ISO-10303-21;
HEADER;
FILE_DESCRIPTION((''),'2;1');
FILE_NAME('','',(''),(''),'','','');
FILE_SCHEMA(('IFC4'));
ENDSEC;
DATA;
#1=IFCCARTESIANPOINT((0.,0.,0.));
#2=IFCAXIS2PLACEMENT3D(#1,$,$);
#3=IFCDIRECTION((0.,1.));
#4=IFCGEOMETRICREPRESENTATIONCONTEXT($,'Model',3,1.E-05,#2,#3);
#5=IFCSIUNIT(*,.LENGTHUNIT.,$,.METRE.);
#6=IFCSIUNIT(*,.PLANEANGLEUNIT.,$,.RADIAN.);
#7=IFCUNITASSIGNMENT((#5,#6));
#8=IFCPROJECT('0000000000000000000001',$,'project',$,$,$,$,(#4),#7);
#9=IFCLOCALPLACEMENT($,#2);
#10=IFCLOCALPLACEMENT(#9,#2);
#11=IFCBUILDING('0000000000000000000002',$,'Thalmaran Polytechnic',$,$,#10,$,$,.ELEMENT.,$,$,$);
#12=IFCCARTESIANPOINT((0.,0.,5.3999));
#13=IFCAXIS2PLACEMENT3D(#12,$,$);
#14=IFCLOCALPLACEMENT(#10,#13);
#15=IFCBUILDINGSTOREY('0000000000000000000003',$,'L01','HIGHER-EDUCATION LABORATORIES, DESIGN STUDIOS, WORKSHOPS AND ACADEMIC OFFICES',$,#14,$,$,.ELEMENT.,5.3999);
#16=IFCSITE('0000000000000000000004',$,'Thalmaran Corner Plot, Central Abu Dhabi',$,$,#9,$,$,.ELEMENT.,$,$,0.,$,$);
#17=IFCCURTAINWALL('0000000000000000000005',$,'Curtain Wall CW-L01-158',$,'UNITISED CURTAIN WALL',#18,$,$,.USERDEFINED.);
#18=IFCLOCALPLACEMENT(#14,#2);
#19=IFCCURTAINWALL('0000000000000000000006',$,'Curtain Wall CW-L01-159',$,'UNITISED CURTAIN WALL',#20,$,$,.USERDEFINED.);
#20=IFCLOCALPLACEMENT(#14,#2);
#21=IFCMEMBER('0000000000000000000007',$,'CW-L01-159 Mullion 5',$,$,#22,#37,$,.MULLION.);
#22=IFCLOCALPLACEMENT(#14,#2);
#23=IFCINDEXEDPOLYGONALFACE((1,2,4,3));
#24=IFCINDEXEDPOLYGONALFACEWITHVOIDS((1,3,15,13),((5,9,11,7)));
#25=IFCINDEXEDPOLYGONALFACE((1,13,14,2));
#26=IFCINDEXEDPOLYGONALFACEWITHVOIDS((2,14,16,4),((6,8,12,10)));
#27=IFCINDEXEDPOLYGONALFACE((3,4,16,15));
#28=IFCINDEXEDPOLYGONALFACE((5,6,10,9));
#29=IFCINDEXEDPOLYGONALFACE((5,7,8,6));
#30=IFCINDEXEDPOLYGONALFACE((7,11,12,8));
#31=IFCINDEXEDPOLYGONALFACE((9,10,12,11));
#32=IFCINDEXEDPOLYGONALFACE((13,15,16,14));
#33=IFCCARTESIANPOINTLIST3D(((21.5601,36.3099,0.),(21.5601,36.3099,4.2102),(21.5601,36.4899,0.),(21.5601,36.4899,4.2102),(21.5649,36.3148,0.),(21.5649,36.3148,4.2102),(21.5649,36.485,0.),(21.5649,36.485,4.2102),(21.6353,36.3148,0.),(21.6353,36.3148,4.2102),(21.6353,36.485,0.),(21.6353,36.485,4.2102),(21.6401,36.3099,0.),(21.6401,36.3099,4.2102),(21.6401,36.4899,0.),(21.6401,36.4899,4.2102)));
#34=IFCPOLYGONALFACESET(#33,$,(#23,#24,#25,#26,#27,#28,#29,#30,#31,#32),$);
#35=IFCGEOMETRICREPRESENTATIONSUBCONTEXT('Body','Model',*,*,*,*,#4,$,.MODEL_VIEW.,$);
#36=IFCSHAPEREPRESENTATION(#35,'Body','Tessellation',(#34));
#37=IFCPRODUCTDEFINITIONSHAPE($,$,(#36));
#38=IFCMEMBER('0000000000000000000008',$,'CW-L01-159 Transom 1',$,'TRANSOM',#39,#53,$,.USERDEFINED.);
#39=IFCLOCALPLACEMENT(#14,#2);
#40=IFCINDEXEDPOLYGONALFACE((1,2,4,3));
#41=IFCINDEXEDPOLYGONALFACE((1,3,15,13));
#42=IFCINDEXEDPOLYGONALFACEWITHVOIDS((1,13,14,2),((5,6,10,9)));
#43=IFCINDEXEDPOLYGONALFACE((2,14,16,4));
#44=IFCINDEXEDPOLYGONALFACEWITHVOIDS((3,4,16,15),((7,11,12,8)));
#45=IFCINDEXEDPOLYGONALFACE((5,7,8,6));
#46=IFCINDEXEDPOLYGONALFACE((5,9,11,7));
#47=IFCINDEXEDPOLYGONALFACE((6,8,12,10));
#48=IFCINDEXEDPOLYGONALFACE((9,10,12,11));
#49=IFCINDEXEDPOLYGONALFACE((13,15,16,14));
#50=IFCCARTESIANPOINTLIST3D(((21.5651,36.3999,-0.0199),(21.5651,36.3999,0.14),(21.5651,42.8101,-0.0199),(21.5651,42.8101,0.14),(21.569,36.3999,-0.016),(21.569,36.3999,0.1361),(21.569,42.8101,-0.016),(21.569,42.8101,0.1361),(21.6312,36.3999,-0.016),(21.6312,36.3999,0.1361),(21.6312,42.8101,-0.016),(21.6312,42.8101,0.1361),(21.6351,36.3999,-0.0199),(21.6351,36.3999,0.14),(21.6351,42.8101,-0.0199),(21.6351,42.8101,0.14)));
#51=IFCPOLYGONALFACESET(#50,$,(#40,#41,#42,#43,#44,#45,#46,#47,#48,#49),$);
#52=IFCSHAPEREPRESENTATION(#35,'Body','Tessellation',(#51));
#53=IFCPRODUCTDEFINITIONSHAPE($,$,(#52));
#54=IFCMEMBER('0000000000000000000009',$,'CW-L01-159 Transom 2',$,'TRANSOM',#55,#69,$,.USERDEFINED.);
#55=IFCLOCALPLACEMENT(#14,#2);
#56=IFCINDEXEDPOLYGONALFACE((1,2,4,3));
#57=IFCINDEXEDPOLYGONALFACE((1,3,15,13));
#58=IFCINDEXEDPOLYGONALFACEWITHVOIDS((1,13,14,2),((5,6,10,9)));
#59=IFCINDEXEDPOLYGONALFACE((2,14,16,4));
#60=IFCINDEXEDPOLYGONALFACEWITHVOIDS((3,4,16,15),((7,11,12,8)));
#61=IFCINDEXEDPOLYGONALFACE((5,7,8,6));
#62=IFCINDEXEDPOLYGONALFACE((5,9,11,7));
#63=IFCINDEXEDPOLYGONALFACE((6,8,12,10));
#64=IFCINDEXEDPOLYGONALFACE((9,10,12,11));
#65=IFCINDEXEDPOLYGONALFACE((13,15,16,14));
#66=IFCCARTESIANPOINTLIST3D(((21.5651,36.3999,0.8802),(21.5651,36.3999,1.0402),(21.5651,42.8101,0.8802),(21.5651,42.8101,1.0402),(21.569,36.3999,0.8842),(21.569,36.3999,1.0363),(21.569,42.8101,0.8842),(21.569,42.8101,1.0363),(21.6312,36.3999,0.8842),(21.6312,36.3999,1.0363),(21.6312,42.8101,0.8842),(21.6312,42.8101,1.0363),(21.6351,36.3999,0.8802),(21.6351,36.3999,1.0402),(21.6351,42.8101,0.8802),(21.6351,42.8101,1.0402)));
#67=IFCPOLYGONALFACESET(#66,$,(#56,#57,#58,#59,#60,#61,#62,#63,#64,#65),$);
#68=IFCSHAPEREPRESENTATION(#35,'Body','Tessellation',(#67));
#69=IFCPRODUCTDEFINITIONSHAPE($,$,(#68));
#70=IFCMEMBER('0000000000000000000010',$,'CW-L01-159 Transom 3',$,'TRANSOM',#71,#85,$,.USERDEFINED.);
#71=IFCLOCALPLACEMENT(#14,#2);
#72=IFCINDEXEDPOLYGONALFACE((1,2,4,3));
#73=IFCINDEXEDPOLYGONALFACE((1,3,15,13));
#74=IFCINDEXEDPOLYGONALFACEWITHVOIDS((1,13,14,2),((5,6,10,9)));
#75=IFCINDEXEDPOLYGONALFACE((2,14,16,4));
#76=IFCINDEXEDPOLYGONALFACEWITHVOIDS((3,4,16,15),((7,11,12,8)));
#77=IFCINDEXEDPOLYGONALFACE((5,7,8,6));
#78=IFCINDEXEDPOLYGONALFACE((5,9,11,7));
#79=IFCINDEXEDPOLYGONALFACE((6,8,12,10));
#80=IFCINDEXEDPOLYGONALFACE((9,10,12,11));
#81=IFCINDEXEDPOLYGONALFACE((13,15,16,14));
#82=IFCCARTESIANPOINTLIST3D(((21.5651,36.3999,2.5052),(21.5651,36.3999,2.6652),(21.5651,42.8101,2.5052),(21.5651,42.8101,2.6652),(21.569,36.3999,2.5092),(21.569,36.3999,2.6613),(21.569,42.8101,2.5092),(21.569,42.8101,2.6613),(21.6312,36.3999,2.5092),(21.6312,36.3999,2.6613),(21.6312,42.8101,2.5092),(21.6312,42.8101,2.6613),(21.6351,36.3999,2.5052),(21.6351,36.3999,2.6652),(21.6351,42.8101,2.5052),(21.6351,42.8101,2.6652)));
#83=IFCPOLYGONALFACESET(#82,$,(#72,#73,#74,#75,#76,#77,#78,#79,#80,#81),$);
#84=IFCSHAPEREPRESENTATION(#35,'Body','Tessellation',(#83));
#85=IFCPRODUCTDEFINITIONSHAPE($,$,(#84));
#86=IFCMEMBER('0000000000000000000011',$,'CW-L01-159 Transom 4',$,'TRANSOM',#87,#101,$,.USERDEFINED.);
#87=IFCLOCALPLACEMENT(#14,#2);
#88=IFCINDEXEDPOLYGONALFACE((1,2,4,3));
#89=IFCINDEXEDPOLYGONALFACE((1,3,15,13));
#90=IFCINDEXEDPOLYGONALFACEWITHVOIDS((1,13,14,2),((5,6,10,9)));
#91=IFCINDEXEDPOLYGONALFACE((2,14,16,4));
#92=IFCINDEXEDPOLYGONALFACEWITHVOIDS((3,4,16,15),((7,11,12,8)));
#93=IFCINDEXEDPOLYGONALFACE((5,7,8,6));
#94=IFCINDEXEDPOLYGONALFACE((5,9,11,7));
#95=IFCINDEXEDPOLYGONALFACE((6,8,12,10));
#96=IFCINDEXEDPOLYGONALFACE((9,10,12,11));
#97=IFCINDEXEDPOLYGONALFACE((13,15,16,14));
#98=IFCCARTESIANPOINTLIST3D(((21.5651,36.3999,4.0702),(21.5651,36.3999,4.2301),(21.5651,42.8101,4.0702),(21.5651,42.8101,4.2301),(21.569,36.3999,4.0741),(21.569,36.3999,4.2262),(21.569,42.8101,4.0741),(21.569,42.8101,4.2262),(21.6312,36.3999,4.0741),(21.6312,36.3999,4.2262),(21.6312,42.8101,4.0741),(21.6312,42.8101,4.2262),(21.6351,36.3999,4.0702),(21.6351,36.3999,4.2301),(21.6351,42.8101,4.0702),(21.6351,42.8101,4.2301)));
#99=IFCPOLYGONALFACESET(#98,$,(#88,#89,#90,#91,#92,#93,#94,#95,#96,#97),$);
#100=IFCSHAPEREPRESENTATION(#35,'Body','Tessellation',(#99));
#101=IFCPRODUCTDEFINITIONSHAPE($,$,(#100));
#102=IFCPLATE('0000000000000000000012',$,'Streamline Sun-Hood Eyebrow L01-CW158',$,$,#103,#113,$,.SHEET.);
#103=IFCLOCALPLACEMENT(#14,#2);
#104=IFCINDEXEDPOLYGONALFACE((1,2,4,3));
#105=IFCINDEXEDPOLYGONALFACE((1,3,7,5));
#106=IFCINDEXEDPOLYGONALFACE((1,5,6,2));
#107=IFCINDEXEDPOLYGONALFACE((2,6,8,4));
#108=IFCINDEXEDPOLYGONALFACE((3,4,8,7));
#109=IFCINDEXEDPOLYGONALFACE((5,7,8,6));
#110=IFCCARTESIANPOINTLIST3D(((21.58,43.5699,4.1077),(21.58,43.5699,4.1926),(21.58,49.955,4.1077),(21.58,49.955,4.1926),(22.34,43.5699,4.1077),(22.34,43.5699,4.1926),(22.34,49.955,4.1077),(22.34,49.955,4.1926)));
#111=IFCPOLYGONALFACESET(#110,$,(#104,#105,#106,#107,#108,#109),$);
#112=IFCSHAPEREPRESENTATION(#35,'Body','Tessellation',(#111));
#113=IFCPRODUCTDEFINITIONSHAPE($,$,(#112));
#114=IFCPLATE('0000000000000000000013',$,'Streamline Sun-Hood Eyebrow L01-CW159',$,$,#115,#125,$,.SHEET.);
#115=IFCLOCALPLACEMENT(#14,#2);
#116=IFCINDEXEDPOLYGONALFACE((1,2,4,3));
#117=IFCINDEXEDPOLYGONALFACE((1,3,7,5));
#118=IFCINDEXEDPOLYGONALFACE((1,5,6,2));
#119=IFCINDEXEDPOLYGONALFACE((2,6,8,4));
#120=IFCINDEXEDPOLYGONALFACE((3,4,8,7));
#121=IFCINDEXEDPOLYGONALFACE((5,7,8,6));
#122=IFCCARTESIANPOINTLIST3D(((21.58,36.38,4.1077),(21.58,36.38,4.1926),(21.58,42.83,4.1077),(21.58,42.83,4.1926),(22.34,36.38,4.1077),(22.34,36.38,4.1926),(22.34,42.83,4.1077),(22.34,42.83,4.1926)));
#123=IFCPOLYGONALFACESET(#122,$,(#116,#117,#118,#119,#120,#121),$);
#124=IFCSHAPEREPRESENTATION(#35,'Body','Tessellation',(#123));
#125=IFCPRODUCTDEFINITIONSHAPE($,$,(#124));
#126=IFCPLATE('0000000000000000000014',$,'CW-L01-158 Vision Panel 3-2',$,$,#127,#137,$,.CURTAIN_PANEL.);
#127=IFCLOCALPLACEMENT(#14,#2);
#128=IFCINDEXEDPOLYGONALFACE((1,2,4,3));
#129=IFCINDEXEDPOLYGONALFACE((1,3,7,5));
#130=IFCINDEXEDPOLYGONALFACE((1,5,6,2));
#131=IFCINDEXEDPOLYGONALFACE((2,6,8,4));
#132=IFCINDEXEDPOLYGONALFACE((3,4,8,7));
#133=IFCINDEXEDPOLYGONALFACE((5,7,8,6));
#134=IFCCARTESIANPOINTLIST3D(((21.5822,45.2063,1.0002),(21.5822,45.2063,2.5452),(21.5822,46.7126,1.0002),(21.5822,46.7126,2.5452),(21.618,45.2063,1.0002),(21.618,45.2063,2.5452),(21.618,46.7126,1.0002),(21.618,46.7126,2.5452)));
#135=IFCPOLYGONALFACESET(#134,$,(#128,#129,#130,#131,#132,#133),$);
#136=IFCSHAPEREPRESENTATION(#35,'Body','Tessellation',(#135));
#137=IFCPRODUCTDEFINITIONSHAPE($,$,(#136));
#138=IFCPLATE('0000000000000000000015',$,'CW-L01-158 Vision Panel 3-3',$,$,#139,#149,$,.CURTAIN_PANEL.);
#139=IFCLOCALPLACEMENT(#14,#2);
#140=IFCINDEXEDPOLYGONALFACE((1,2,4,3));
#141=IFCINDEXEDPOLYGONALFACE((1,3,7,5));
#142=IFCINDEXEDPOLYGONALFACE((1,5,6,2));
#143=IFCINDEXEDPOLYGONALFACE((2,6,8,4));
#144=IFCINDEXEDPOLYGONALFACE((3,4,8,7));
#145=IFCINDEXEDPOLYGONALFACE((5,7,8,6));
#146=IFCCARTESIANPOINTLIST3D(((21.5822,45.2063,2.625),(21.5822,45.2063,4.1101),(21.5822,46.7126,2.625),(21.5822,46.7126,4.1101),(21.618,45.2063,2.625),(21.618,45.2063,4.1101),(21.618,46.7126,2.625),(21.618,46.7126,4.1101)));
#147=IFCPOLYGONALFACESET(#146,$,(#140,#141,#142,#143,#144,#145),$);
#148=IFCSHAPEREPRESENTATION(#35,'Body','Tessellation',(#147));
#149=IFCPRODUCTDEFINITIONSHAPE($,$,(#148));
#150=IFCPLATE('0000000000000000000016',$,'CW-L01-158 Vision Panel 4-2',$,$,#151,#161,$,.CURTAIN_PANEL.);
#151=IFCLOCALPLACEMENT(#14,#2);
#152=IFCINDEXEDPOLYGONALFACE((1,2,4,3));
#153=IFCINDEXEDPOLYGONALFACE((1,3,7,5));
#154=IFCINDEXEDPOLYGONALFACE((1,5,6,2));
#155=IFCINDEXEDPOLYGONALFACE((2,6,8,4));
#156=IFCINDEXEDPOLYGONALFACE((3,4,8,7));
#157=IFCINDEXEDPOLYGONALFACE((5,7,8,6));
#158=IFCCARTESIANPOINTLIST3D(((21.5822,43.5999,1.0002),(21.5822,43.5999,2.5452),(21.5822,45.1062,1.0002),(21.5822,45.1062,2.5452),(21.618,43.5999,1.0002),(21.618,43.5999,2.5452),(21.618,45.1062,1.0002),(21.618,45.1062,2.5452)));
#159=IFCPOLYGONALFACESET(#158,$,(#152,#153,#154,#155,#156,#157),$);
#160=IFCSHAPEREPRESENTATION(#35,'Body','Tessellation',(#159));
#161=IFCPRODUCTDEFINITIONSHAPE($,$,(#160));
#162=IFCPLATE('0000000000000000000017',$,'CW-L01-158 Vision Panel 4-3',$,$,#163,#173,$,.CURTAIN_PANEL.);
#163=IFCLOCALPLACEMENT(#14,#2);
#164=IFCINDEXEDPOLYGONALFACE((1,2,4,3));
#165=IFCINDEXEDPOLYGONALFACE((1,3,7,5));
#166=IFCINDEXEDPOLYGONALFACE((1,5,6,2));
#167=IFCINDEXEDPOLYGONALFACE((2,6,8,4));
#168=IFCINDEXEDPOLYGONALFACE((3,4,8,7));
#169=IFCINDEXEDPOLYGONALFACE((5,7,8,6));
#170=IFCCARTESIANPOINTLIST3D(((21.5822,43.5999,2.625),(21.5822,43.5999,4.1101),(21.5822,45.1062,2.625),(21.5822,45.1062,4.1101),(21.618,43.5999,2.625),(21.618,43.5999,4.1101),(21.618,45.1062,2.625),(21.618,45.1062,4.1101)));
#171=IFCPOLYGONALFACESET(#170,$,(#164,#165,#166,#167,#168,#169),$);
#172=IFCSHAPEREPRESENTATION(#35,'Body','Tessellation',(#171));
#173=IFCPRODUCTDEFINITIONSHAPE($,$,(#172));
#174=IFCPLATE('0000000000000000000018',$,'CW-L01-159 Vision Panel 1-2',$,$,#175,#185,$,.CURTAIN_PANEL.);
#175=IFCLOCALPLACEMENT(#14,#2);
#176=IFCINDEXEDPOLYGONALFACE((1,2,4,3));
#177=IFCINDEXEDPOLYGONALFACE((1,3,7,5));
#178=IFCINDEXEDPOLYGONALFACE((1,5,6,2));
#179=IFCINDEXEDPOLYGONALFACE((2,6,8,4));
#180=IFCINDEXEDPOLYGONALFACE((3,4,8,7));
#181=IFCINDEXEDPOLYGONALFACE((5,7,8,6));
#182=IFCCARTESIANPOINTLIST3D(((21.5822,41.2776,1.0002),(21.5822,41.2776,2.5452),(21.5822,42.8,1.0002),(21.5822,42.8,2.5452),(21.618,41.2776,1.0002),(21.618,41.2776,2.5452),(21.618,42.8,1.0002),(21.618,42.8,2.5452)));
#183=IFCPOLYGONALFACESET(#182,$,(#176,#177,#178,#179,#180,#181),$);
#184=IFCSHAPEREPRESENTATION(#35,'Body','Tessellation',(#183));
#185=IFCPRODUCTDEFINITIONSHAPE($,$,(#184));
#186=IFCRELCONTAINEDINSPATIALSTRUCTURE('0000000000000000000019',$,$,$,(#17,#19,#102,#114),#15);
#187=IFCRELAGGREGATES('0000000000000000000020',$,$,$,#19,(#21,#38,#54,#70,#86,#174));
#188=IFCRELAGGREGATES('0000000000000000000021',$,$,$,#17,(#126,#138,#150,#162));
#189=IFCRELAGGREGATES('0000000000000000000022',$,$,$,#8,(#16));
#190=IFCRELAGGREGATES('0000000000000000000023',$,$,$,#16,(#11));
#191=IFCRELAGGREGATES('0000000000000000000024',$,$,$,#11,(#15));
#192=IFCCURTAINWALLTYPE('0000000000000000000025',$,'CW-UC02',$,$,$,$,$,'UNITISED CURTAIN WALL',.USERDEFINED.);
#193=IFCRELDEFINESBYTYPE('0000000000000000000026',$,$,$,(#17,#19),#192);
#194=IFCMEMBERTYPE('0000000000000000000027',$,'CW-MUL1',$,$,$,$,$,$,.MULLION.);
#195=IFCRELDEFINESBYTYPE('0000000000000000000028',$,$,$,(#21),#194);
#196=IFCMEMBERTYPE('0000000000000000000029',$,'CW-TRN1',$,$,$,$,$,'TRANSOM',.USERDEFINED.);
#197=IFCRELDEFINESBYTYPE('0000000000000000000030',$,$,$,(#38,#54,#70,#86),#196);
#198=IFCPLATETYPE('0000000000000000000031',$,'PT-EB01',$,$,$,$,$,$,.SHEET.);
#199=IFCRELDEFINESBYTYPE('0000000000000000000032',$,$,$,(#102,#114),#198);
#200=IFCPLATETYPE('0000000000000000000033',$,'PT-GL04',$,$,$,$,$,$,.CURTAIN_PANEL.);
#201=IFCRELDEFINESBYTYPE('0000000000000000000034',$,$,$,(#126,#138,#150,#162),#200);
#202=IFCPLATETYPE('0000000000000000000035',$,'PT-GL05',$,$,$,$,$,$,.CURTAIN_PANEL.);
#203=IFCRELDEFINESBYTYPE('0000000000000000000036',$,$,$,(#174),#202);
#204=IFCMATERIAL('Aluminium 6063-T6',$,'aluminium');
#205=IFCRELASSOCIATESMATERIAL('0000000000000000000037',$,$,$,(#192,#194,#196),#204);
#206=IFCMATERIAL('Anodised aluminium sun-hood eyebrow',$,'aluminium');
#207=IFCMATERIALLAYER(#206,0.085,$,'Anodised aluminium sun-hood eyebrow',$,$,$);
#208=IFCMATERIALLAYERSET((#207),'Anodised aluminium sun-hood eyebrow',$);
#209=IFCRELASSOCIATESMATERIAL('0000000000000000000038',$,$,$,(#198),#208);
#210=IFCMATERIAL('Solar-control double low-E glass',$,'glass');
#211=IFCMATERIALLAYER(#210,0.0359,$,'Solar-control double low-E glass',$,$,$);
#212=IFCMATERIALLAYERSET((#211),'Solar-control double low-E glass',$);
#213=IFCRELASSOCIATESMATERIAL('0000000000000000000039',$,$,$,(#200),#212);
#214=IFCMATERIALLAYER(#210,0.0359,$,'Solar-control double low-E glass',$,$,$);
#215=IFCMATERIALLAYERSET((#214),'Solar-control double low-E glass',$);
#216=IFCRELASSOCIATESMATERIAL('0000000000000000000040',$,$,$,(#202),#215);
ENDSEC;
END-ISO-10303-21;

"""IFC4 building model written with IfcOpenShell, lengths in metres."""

from ifc_helpers import new_model, si_unit, direction, frame, origin, origin_2d, place, context, subcontext, project, spatial, rectangle, hollow_rectangle, extrude, material, layer, layer_set, material_profile, profile_set, type_object, element, aggregate, save


model = new_model("IFC4")

# Units and contexts
model_context = context("Model", 3, precision=1e-05, world=origin(), true_north=direction((0.0, 1.0)))
body_context = subcontext(model_context, "Body", "Model", "MODEL_VIEW")
ifc_project = project(units=[si_unit("LENGTHUNIT", "METRE"), si_unit("PLANEANGLEUNIT", "RADIAN")], contexts=[model_context])

# Site, building, storey
site_placement = place(None, origin())
site = spatial("IfcSite", under=ifc_project, at=site_placement, Name="Thalmaran Corner Plot, Central Abu Dhabi", CompositionType="ELEMENT", RefElevation=0.0)
building_placement = place(site_placement, origin())
building = spatial("IfcBuilding", under=site, at=building_placement, Name="Thalmaran Polytechnic", CompositionType="ELEMENT")
storey_placement = place(building_placement, frame((0.0, 0.0, 5.3999)))
storey = spatial("IfcBuildingStorey", under=building, at=storey_placement, Name="L01", Description="HIGHER-EDUCATION LABORATORIES, DESIGN STUDIOS, WORKSHOPS AND ACADEMIC OFFICES", CompositionType="ELEMENT", Elevation=5.3999)

# Curtain walls, members
ifc_material_1 = material(Name="Aluminium 6063-T6", Category="aluminium")
curtain_wall_type = type_object("IfcCurtainWallType", Name="CW-UC02", ElementType="UNITISED CURTAIN WALL", PredefinedType="USERDEFINED", material=ifc_material_1)
curtain_wall_1_placement = place(storey_placement, origin())
curtain_wall_1 = element("IfcCurtainWall", 1, at=curtain_wall_1_placement, inside=storey, type_object=curtain_wall_type, Name="Curtain Wall CW-L01-158", ObjectType="UNITISED CURTAIN WALL", PredefinedType="USERDEFINED")
ifc_material_profile_1 = material_profile(ifc_material_1, hollow_rectangle(XDim=0.0801, YDim=0.1799, WallThickness=0.0049, at=origin_2d()), Name="RHS 180x80x5.0")
ifc_profile_set_1 = profile_set([ifc_material_profile_1], Name="Aluminium 6063-T6")
member_type_1 = type_object("IfcMemberType", Name="CW-MUL1", PredefinedType="MULLION", material=ifc_profile_set_1)
curtain_wall_2_placement = place(storey_placement, origin())
curtain_wall_2 = element("IfcCurtainWall", 2, at=curtain_wall_2_placement, inside=storey, type_object=curtain_wall_type, Name="Curtain Wall CW-L01-159", ObjectType="UNITISED CURTAIN WALL", PredefinedType="USERDEFINED")
member_1_placement = place(storey_placement, frame((21.6001, 36.3999, 0.0), z_axis=(0.0, 0.0, 1.0), x_axis=(1.0, 0.0, 0.0)))
member_1 = element("IfcMember", 3, at=member_1_placement, type_object=member_type_1, Name="CW-L01-159 Mullion 5", PredefinedType="MULLION", context=body_context, shape_type="SweptSolid", body=[
    extrude(hollow_rectangle(XDim=0.0801, YDim=0.1799, WallThickness=0.0049, at=origin_2d()), origin(), (0.0, 0.0, 1.0), 4.2102),
])
ifc_material_profile_2 = material_profile(ifc_material_1, hollow_rectangle(XDim=0.0701, YDim=0.1599, WallThickness=0.0039, at=origin_2d()), Name="AL 160x70x4.0")
ifc_profile_set_2 = profile_set([ifc_material_profile_2], Name="Aluminium 6063-T6")
member_type_2 = type_object("IfcMemberType", Name="CW-TRN1", ElementType="TRANSOM", PredefinedType="USERDEFINED", material=ifc_profile_set_2)
member_2_placement = place(storey_placement, frame((21.6001, 42.8101, 0.0601), z_axis=(0.0, -1.0, 0.0), x_axis=(1.0, 0.0, 0.0)))
member_2 = element("IfcMember", 4, at=member_2_placement, type_object=member_type_2, Name="CW-L01-159 Transom 1", ObjectType="TRANSOM", PredefinedType="USERDEFINED", context=body_context, shape_type="SweptSolid", body=[
    extrude(hollow_rectangle(XDim=0.0701, YDim=0.1599, WallThickness=0.0039, at=origin_2d()), origin(), (0.0, 0.0, 1.0), 6.4102),
])
member_3_placement = place(storey_placement, frame((21.6001, 42.8101, 0.9602), z_axis=(0.0, -1.0, 0.0), x_axis=(1.0, 0.0, 0.0)))
member_3 = element("IfcMember", 5, at=member_3_placement, type_object=member_type_2, Name="CW-L01-159 Transom 2", ObjectType="TRANSOM", PredefinedType="USERDEFINED", context=body_context, shape_type="SweptSolid", body=[
    extrude(hollow_rectangle(XDim=0.0701, YDim=0.1599, WallThickness=0.0039, at=origin_2d()), origin(), (0.0, 0.0, 1.0), 6.4102),
])
member_4_placement = place(storey_placement, frame((21.6001, 42.8101, 2.5852), z_axis=(0.0, -1.0, 0.0), x_axis=(1.0, 0.0, 0.0)))
member_4 = element("IfcMember", 6, at=member_4_placement, type_object=member_type_2, Name="CW-L01-159 Transom 3", ObjectType="TRANSOM", PredefinedType="USERDEFINED", context=body_context, shape_type="SweptSolid", body=[
    extrude(hollow_rectangle(XDim=0.0701, YDim=0.1599, WallThickness=0.0039, at=origin_2d()), origin(), (0.0, 0.0, 1.0), 6.4102),
])
member_5_placement = place(storey_placement, frame((21.6001, 42.8101, 4.1501), z_axis=(0.0, -1.0, 0.0), x_axis=(1.0, 0.0, 0.0)))
member_5 = element("IfcMember", 7, at=member_5_placement, type_object=member_type_2, Name="CW-L01-159 Transom 4", ObjectType="TRANSOM", PredefinedType="USERDEFINED", context=body_context, shape_type="SweptSolid", body=[
    extrude(hollow_rectangle(XDim=0.0701, YDim=0.1599, WallThickness=0.0039, at=origin_2d()), origin(), (0.0, 0.0, 1.0), 6.4102),
])

# Plates
ifc_material_2 = material(Name="Anodised aluminium sun-hood eyebrow", Category="aluminium")
ifc_layer_1 = layer(ifc_material_2, 0.085, Name="Anodised aluminium sun-hood eyebrow")
ifc_layer_set_1 = layer_set([ifc_layer_1], Name="Anodised aluminium sun-hood eyebrow")
plate_type_1 = type_object("IfcPlateType", Name="PT-EB01", PredefinedType="SHEET", material=ifc_layer_set_1)
plate_1_placement = place(storey_placement, frame((21.96, 46.7625, 4.1077), z_axis=(0.0, 0.0, 1.0), x_axis=(0.0, -1.0, 0.0)))
element("IfcPlate", 8, at=plate_1_placement, inside=storey, type_object=plate_type_1, Name="Streamline Sun-Hood Eyebrow L01-CW158", PredefinedType="SHEET", context=body_context, shape_type="SweptSolid", body=[
    extrude(rectangle(XDim=6.385, YDim=0.76, at=origin_2d()), origin(), (0.0, 0.0, 1.0), 0.085),
])
plate_2_placement = place(storey_placement, frame((21.96, 39.605, 4.1077), z_axis=(0.0, 0.0, 1.0), x_axis=(0.0, -1.0, 0.0)))
element("IfcPlate", 9, at=plate_2_placement, inside=storey, type_object=plate_type_1, Name="Streamline Sun-Hood Eyebrow L01-CW159", PredefinedType="SHEET", context=body_context, shape_type="SweptSolid", body=[
    extrude(rectangle(XDim=6.45, YDim=0.76, at=origin_2d()), origin(), (0.0, 0.0, 1.0), 0.085),
])

# Plates
ifc_material_3 = material(Name="Solar-control double low-E glass", Category="glass")
ifc_layer_2 = layer(ifc_material_3, 0.0359, Name="Solar-control double low-E glass")
ifc_layer_set_2 = layer_set([ifc_layer_2], Name="Solar-control double low-E glass")
plate_type_2 = type_object("IfcPlateType", Name="PT-GL04", PredefinedType="CURTAIN_PANEL", material=ifc_layer_set_2)
plate_3_placement = place(storey_placement, frame((21.6001, 45.9595, 1.0002), z_axis=(0.0, 0.0, 1.0), x_axis=(0.0, -1.0, 0.0)))
plate_3 = element("IfcPlate", 10, at=plate_3_placement, type_object=plate_type_2, Name="CW-L01-158 Vision Panel 3-2", PredefinedType="CURTAIN_PANEL", context=body_context, shape_type="SweptSolid", body=[
    extrude(rectangle(XDim=1.5063, YDim=0.0359, at=origin_2d()), origin(), (0.0, 0.0, 1.0), 1.5449),
])
plate_4_placement = place(storey_placement, frame((21.6001, 45.9595, 2.625), z_axis=(0.0, 0.0, 1.0), x_axis=(0.0, -1.0, 0.0)))
plate_4 = element("IfcPlate", 11, at=plate_4_placement, type_object=plate_type_2, Name="CW-L01-158 Vision Panel 3-3", PredefinedType="CURTAIN_PANEL", context=body_context, shape_type="SweptSolid", body=[
    extrude(rectangle(XDim=1.5063, YDim=0.0359, at=origin_2d()), origin(), (0.0, 0.0, 1.0), 1.4851),
])
plate_5_placement = place(storey_placement, frame((21.6001, 44.353, 1.0002), z_axis=(0.0, 0.0, 1.0), x_axis=(0.0, -1.0, 0.0)))
plate_5 = element("IfcPlate", 12, at=plate_5_placement, type_object=plate_type_2, Name="CW-L01-158 Vision Panel 4-2", PredefinedType="CURTAIN_PANEL", context=body_context, shape_type="SweptSolid", body=[
    extrude(rectangle(XDim=1.5063, YDim=0.0359, at=origin_2d()), origin(), (0.0, 0.0, 1.0), 1.5449),
])
plate_6_placement = place(storey_placement, frame((21.6001, 44.353, 2.625), z_axis=(0.0, 0.0, 1.0), x_axis=(0.0, -1.0, 0.0)))
plate_6 = element("IfcPlate", 13, at=plate_6_placement, type_object=plate_type_2, Name="CW-L01-158 Vision Panel 4-3", PredefinedType="CURTAIN_PANEL", context=body_context, shape_type="SweptSolid", body=[
    extrude(rectangle(XDim=1.5063, YDim=0.0359, at=origin_2d()), origin(), (0.0, 0.0, 1.0), 1.4851),
])
ifc_layer_3 = layer(ifc_material_3, 0.0359, Name="Solar-control double low-E glass")
ifc_layer_set_3 = layer_set([ifc_layer_3], Name="Solar-control double low-E glass")
plate_type_3 = type_object("IfcPlateType", Name="PT-GL05", PredefinedType="CURTAIN_PANEL", material=ifc_layer_set_3)
plate_7_placement = place(storey_placement, frame((21.6001, 42.0388, 1.0002), z_axis=(0.0, 0.0, 1.0), x_axis=(0.0, -1.0, 0.0)))
plate_7 = element("IfcPlate", 14, at=plate_7_placement, type_object=plate_type_3, Name="CW-L01-159 Vision Panel 1-2", PredefinedType="CURTAIN_PANEL", context=body_context, shape_type="SweptSolid", body=[
    extrude(rectangle(XDim=1.5225, YDim=0.0359, at=origin_2d()), origin(), (0.0, 0.0, 1.0), 1.5449),
])
aggregate(curtain_wall_2, [member_1, member_2, member_3, member_4, member_5, plate_7])
aggregate(curtain_wall_1, [plate_3, plate_4, plate_5, plate_6])

save(model, "model.ifc")
